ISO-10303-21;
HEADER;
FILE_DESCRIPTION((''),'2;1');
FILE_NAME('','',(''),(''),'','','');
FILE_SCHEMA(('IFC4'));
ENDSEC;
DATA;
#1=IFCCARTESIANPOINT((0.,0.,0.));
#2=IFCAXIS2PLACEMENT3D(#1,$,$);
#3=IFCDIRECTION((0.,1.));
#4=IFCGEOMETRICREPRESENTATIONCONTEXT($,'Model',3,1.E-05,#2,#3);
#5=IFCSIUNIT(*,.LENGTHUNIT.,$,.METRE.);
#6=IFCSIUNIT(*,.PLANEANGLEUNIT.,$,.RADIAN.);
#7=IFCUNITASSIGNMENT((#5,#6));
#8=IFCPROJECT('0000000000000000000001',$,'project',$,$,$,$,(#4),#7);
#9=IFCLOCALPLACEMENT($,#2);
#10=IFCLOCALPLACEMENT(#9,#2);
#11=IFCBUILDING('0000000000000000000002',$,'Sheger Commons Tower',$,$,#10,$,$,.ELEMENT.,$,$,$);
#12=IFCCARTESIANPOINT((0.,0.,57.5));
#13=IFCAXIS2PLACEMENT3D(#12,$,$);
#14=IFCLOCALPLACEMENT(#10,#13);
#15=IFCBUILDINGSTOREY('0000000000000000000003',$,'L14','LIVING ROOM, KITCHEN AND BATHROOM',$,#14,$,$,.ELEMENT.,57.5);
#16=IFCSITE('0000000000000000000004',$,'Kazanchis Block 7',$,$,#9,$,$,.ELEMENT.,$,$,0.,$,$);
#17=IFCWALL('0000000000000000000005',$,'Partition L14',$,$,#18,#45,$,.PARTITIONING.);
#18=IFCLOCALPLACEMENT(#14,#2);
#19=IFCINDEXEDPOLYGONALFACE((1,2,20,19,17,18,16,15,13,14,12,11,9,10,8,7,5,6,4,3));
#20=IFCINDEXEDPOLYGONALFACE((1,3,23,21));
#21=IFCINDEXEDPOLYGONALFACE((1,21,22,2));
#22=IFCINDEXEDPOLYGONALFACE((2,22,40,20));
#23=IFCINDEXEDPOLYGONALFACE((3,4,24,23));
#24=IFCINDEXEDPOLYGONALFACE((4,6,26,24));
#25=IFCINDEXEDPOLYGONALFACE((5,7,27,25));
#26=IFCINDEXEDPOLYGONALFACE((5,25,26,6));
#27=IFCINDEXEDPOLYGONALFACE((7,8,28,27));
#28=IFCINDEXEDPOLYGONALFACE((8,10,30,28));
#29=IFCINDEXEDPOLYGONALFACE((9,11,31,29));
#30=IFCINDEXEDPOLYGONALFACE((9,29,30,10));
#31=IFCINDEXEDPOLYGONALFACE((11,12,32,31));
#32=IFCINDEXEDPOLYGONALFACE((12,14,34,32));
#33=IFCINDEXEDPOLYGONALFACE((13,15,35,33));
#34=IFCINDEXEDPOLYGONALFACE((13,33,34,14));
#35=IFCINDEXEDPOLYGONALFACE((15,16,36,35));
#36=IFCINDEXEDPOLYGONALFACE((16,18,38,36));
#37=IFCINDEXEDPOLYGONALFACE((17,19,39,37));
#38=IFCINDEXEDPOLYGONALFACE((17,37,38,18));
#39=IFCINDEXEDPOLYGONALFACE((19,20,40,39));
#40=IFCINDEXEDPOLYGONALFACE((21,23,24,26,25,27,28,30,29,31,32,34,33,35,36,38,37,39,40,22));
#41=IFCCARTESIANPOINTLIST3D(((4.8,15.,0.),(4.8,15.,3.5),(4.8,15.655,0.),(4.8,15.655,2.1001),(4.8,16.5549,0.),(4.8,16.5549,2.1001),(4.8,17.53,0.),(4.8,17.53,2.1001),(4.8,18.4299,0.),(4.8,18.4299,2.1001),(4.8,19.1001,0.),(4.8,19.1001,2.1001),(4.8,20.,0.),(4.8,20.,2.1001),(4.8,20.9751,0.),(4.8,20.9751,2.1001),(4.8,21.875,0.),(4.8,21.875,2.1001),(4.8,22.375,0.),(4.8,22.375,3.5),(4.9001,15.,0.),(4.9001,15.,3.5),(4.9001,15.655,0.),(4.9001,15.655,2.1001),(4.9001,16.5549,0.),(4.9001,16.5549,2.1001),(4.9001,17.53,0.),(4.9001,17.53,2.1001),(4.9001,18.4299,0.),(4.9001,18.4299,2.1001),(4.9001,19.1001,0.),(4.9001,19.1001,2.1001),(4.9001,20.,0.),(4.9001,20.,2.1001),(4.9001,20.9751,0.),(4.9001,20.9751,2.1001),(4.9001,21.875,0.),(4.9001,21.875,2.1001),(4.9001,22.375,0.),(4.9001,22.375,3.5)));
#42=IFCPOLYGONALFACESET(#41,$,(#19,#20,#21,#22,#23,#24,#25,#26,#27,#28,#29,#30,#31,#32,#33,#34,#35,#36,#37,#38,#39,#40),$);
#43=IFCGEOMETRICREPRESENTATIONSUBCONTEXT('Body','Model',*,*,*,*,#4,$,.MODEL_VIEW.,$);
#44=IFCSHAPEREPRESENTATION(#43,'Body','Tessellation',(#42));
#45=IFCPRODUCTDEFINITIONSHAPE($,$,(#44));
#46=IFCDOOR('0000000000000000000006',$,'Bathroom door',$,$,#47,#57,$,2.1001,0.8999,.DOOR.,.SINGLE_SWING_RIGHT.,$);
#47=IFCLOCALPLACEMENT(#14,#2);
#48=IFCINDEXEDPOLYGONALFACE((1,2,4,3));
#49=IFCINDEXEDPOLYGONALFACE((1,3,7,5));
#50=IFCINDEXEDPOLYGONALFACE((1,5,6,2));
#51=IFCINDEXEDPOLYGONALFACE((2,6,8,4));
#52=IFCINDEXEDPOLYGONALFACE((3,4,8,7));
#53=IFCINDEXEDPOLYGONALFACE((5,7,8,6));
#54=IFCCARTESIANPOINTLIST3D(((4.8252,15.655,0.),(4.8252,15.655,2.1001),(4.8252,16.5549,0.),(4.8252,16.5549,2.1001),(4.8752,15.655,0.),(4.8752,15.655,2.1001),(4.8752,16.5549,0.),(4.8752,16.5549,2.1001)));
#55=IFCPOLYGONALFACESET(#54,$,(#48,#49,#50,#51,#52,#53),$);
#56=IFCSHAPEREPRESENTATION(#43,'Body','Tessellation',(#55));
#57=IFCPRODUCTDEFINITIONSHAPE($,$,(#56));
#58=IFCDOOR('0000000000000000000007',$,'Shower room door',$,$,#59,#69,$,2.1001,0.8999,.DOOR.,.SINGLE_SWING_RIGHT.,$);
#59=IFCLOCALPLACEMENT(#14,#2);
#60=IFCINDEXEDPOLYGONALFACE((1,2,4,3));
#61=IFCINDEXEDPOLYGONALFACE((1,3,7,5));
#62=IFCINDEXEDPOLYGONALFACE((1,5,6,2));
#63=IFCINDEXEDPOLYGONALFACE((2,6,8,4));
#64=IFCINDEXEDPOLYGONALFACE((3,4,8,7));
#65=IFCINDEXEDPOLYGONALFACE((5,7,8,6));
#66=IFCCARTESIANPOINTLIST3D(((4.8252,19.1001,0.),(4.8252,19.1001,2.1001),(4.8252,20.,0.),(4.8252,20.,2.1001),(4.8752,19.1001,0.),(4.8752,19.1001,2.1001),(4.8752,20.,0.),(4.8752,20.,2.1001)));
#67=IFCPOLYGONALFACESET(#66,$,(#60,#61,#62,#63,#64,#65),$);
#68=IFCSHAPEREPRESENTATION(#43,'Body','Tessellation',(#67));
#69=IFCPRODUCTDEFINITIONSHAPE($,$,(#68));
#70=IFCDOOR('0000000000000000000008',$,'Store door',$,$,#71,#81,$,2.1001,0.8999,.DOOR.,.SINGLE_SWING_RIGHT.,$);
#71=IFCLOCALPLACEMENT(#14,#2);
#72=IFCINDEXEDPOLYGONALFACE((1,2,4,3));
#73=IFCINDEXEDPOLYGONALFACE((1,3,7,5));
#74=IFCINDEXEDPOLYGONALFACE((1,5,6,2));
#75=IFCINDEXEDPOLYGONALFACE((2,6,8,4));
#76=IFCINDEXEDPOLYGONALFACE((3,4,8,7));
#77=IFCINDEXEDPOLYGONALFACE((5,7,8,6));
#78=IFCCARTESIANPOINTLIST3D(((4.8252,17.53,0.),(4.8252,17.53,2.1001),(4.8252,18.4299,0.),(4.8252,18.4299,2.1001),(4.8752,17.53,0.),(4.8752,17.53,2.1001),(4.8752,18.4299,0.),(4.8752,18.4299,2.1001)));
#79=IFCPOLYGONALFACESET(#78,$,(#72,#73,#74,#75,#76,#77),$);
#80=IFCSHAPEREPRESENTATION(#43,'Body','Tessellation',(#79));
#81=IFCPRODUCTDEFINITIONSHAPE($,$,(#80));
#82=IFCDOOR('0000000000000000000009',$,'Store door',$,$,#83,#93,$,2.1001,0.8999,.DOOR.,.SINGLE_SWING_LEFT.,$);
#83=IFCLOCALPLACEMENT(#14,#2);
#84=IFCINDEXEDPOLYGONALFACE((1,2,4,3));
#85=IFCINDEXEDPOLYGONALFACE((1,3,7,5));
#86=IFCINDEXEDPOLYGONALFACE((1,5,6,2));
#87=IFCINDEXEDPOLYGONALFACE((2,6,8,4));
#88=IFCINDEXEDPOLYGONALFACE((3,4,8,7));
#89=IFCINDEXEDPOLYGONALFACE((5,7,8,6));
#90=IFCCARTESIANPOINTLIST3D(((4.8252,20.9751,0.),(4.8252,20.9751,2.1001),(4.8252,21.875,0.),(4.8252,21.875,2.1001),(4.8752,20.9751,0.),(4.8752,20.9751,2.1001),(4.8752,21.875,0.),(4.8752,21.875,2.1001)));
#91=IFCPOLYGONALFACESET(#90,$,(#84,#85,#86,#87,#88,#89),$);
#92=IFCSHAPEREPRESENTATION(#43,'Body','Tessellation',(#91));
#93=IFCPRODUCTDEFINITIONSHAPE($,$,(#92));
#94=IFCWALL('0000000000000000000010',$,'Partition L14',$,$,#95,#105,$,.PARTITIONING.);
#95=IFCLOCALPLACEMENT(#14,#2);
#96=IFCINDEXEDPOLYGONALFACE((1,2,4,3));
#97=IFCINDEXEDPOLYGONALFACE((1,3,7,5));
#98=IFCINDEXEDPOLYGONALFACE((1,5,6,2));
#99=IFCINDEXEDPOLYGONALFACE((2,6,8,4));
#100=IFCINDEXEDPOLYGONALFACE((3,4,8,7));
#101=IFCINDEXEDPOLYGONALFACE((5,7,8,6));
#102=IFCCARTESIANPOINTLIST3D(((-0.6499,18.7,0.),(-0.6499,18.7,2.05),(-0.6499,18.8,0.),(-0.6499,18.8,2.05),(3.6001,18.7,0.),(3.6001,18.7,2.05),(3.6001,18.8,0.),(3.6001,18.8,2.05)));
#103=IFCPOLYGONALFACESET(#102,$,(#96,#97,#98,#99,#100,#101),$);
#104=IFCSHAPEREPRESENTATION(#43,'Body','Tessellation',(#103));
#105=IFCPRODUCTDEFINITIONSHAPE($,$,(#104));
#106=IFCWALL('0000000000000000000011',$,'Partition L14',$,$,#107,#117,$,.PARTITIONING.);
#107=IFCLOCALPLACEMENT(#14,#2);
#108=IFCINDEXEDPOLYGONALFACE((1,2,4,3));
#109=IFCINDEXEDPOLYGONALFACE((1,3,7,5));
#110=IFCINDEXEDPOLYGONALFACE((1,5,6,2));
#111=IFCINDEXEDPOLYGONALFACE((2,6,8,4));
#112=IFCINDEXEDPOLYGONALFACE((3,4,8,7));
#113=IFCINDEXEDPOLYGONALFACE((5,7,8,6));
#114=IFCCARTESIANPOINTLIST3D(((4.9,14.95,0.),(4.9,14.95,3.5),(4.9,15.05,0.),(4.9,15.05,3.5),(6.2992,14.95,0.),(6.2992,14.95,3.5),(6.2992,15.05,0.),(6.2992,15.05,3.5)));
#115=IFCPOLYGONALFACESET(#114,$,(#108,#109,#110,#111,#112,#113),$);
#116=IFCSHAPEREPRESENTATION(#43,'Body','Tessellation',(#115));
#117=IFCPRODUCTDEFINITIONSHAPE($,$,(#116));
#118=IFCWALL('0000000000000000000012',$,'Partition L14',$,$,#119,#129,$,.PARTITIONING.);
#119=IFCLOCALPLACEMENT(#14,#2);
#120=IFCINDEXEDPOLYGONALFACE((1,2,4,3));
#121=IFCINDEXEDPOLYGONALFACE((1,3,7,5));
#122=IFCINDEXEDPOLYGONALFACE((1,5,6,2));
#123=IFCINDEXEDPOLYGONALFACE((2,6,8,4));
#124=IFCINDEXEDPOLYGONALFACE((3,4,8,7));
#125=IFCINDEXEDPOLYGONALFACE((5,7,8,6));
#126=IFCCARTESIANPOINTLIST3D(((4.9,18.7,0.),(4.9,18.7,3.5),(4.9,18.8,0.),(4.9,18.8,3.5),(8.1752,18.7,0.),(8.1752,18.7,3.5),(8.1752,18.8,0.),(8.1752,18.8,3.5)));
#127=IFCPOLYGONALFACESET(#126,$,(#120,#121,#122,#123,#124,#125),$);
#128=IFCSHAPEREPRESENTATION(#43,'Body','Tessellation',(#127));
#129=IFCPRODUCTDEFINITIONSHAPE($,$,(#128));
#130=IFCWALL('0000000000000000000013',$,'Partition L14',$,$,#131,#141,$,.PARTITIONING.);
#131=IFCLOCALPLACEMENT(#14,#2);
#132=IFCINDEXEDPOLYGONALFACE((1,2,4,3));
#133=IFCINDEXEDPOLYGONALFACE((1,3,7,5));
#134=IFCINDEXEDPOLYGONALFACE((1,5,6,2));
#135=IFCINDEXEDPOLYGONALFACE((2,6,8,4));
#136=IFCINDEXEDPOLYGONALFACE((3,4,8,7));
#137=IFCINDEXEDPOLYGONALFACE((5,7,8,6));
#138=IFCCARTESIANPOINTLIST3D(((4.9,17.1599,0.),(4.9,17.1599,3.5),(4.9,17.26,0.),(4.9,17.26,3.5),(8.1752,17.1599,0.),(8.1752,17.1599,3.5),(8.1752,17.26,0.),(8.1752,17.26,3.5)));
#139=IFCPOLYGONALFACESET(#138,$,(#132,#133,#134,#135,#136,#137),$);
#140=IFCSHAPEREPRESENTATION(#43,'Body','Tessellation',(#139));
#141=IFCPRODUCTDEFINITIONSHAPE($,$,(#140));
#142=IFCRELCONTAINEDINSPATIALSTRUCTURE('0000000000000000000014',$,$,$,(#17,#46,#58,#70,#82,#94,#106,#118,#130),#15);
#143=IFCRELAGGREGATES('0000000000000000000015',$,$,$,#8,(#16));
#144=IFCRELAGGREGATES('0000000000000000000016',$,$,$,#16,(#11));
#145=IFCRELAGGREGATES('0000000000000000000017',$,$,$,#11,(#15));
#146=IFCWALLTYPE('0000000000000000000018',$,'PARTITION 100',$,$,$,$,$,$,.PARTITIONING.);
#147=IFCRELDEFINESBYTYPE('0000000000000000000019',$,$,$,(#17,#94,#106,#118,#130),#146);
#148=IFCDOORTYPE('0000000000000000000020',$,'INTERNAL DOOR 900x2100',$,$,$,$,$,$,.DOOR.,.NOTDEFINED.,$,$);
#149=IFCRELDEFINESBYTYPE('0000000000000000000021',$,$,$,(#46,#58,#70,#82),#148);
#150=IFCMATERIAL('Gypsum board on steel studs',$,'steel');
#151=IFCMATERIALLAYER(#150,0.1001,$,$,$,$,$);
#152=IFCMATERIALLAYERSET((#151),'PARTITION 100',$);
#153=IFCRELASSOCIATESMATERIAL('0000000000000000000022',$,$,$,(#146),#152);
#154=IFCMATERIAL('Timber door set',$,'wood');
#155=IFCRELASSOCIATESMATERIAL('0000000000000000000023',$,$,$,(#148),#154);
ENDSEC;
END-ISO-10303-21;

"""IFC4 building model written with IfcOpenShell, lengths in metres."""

from ifc_helpers import new_model, si_unit, direction, frame, frame_2d, origin, place, context, subcontext, project, spatial, rectangle, extrude, material, layer, layer_set, type_object, element, fill, save


model = new_model("IFC4")

# Units and contexts
model_context = context("Model", 3, precision=1e-05, world=origin(), true_north=direction((0.0, 1.0)))
body_context = subcontext(model_context, "Body", "Model", "MODEL_VIEW")
ifc_project = project(units=[si_unit("LENGTHUNIT", "METRE"), si_unit("PLANEANGLEUNIT", "RADIAN")], contexts=[model_context])

# Site, building, storey
site_placement = place(None, origin())
site = spatial("IfcSite", under=ifc_project, at=site_placement, Name="Kazanchis Block 7", CompositionType="ELEMENT", RefElevation=0.0)
building_placement = place(site_placement, origin())
building = spatial("IfcBuilding", under=site, at=building_placement, Name="Sheger Commons Tower", CompositionType="ELEMENT")
storey_placement = place(building_placement, frame((0.0, 0.0, 57.5)))
storey = spatial("IfcBuildingStorey", under=building, at=storey_placement, Name="L14", Description="LIVING ROOM, KITCHEN AND BATHROOM", CompositionType="ELEMENT", Elevation=57.5)

# Wall, openings, doors
ifc_material_1 = material(Name="Gypsum board on steel studs", Category="steel")
ifc_layer_1 = layer(ifc_material_1, 0.1001)
ifc_layer_set_1 = layer_set([ifc_layer_1], Name="PARTITION 100")
wall_type_1 = type_object("IfcWallType", Name="PARTITION 100", PredefinedType="PARTITIONING", material=ifc_layer_set_1)
wall_1_placement = place(storey_placement, frame((4.8501, 15.0, 0.0), z_axis=(0.0, 0.0, 1.0), x_axis=(0.0, 1.0, 0.0)))
wall_1 = element("IfcWall", 1, at=wall_1_placement, inside=storey, type_object=wall_type_1, Name="Partition L14", PredefinedType="PARTITIONING", context=body_context, shape_type="SweptSolid", body=[
    extrude(rectangle(XDim=7.375, YDim=0.1001, at=frame_2d((3.6875, 0.0))), origin(), (0.0, 0.0, 1.0), 3.5),
])
opening_1_placement = place(wall_1_placement, frame((0.655, 0.0, 0.0)))
opening_1 = element("IfcOpeningElement", 2, at=opening_1_placement, cuts=wall_1, PredefinedType="OPENING", context=body_context, shape_type="SweptSolid", body=[
    extrude(rectangle(XDim=0.8999, YDim=2.1001, at=frame_2d((0.45, 1.05))), frame((0.0, 0.0601, 0.0), z_axis=(0.0, -1.0, 0.0), x_axis=(1.0, 0.0, 0.0)), (0.0, 0.0, 1.0), 0.1201),
])
opening_2_placement = place(wall_1_placement, frame((4.1001, 0.0, 0.0)))
opening_2 = element("IfcOpeningElement", 3, at=opening_2_placement, cuts=wall_1, PredefinedType="OPENING", context=body_context, shape_type="SweptSolid", body=[
    extrude(rectangle(XDim=0.8999, YDim=2.1001, at=frame_2d((0.45, 1.05))), frame((0.0, 0.0601, 0.0), z_axis=(0.0, -1.0, 0.0), x_axis=(1.0, 0.0, 0.0)), (0.0, 0.0, 1.0), 0.1201),
])
opening_3_placement = place(wall_1_placement, frame((2.53, 0.0, 0.0)))
opening_3 = element("IfcOpeningElement", 4, at=opening_3_placement, cuts=wall_1, PredefinedType="OPENING", context=body_context, shape_type="SweptSolid", body=[
    extrude(rectangle(XDim=0.8999, YDim=2.1001, at=frame_2d((0.45, 1.05))), frame((0.0, 0.0601, 0.0), z_axis=(0.0, -1.0, 0.0), x_axis=(1.0, 0.0, 0.0)), (0.0, 0.0, 1.0), 0.1201),
])
opening_4_placement = place(wall_1_placement, frame((5.9751, 0.0, 0.0)))
opening_4 = element("IfcOpeningElement", 5, at=opening_4_placement, cuts=wall_1, PredefinedType="OPENING", context=body_context, shape_type="SweptSolid", body=[
    extrude(rectangle(XDim=0.8999, YDim=2.1001, at=frame_2d((0.45, 1.05))), frame((0.0, 0.0601, 0.0), z_axis=(0.0, -1.0, 0.0), x_axis=(1.0, 0.0, 0.0)), (0.0, 0.0, 1.0), 0.1201),
])
ifc_material_2 = material(Name="Timber door set", Category="wood")
door_type = type_object("IfcDoorType", Name="INTERNAL DOOR 900x2100", OperationType="NOTDEFINED", PredefinedType="DOOR", material=ifc_material_2)
door_1_placement = place(opening_1_placement, origin())
door_1 = element("IfcDoor", 6, at=door_1_placement, inside=storey, type_object=door_type, Name="Bathroom door", OperationType="SINGLE_SWING_RIGHT", OverallHeight=2.1001, OverallWidth=0.8999, PredefinedType="DOOR", context=body_context, shape_type="SweptSolid", body=[
    extrude(rectangle(XDim=0.8999, YDim=2.1001, at=frame_2d((0.45, 1.05))), frame((0.0, 0.0249, 0.0), z_axis=(0.0, -1.0, 0.0), x_axis=(1.0, 0.0, 0.0)), (0.0, 0.0, 1.0), 0.05),
])
fill(opening_1, door_1)
door_2_placement = place(opening_2_placement, origin())
door_2 = element("IfcDoor", 7, at=door_2_placement, inside=storey, type_object=door_type, Name="Shower room door", OperationType="SINGLE_SWING_RIGHT", OverallHeight=2.1001, OverallWidth=0.8999, PredefinedType="DOOR", context=body_context, shape_type="SweptSolid", body=[
    extrude(rectangle(XDim=0.8999, YDim=2.1001, at=frame_2d((0.45, 1.05))), frame((0.0, 0.0249, 0.0), z_axis=(0.0, -1.0, 0.0), x_axis=(1.0, 0.0, 0.0)), (0.0, 0.0, 1.0), 0.05),
])
fill(opening_2, door_2)
door_3_placement = place(opening_3_placement, origin())
door_3 = element("IfcDoor", 8, at=door_3_placement, inside=storey, type_object=door_type, Name="Store door", OperationType="SINGLE_SWING_RIGHT", OverallHeight=2.1001, OverallWidth=0.8999, PredefinedType="DOOR", context=body_context, shape_type="SweptSolid", body=[
    extrude(rectangle(XDim=0.8999, YDim=2.1001, at=frame_2d((0.45, 1.05))), frame((0.0, 0.0249, 0.0), z_axis=(0.0, -1.0, 0.0), x_axis=(1.0, 0.0, 0.0)), (0.0, 0.0, 1.0), 0.05),
])
fill(opening_3, door_3)
door_4_placement = place(opening_4_placement, origin())
door_4 = element("IfcDoor", 9, at=door_4_placement, inside=storey, type_object=door_type, Name="Store door", OperationType="SINGLE_SWING_LEFT", OverallHeight=2.1001, OverallWidth=0.8999, PredefinedType="DOOR", context=body_context, shape_type="SweptSolid", body=[
    extrude(rectangle(XDim=0.8999, YDim=2.1001, at=frame_2d((0.45, 1.05))), frame((0.0, 0.0249, 0.0), z_axis=(0.0, -1.0, 0.0), x_axis=(1.0, 0.0, 0.0)), (0.0, 0.0, 1.0), 0.05),
])
fill(opening_4, door_4)

# Walls
wall_2_placement = place(storey_placement, frame((-0.6499, 18.75, 0.0), z_axis=(0.0, 0.0, 1.0), x_axis=(1.0, 0.0, 0.0)))
element("IfcWall", 10, at=wall_2_placement, inside=storey, type_object=wall_type_1, Name="Partition L14", PredefinedType="PARTITIONING", context=body_context, shape_type="SweptSolid", body=[
    extrude(rectangle(XDim=4.25, YDim=0.1001, at=frame_2d((2.125, 0.0))), origin(), (0.0, 0.0, 1.0), 2.05),
])
wall_3_placement = place(storey_placement, frame((4.8999, 15.0, 0.0), z_axis=(0.0, 0.0, 1.0), x_axis=(1.0, 0.0, 0.0)))
element("IfcWall", 11, at=wall_3_placement, inside=storey, type_object=wall_type_1, Name="Partition L14", PredefinedType="PARTITIONING", context=body_context, shape_type="SweptSolid", body=[
    extrude(rectangle(XDim=1.3992, YDim=0.1001, at=frame_2d((0.6997, 0.0))), origin(), (0.0, 0.0, 1.0), 3.5),
])
for number, where, z_axis, x_axis, name in (
    (12, (4.8999, 18.75, 0.0), (0.0, 0.0, 1.0), (1.0, 0.0, 0.0), "Partition L14"),
    (13, (4.8999, 17.21, 0.0), (0.0, 0.0, 1.0), (1.0, 0.0, 0.0), "Partition L14"),
):
    element("IfcWall", number, at=place(storey_placement, frame(where, z_axis=z_axis, x_axis=x_axis)), inside=storey, type_object=wall_type_1, Name=name, PredefinedType="PARTITIONING", context=body_context, shape_type="SweptSolid", body=[
        extrude(rectangle(XDim=3.2751, YDim=0.1001, at=frame_2d((1.6377, 0.0))), origin(), (0.0, 0.0, 1.0), 3.5),
    ])

save(model, "model.ifc")
